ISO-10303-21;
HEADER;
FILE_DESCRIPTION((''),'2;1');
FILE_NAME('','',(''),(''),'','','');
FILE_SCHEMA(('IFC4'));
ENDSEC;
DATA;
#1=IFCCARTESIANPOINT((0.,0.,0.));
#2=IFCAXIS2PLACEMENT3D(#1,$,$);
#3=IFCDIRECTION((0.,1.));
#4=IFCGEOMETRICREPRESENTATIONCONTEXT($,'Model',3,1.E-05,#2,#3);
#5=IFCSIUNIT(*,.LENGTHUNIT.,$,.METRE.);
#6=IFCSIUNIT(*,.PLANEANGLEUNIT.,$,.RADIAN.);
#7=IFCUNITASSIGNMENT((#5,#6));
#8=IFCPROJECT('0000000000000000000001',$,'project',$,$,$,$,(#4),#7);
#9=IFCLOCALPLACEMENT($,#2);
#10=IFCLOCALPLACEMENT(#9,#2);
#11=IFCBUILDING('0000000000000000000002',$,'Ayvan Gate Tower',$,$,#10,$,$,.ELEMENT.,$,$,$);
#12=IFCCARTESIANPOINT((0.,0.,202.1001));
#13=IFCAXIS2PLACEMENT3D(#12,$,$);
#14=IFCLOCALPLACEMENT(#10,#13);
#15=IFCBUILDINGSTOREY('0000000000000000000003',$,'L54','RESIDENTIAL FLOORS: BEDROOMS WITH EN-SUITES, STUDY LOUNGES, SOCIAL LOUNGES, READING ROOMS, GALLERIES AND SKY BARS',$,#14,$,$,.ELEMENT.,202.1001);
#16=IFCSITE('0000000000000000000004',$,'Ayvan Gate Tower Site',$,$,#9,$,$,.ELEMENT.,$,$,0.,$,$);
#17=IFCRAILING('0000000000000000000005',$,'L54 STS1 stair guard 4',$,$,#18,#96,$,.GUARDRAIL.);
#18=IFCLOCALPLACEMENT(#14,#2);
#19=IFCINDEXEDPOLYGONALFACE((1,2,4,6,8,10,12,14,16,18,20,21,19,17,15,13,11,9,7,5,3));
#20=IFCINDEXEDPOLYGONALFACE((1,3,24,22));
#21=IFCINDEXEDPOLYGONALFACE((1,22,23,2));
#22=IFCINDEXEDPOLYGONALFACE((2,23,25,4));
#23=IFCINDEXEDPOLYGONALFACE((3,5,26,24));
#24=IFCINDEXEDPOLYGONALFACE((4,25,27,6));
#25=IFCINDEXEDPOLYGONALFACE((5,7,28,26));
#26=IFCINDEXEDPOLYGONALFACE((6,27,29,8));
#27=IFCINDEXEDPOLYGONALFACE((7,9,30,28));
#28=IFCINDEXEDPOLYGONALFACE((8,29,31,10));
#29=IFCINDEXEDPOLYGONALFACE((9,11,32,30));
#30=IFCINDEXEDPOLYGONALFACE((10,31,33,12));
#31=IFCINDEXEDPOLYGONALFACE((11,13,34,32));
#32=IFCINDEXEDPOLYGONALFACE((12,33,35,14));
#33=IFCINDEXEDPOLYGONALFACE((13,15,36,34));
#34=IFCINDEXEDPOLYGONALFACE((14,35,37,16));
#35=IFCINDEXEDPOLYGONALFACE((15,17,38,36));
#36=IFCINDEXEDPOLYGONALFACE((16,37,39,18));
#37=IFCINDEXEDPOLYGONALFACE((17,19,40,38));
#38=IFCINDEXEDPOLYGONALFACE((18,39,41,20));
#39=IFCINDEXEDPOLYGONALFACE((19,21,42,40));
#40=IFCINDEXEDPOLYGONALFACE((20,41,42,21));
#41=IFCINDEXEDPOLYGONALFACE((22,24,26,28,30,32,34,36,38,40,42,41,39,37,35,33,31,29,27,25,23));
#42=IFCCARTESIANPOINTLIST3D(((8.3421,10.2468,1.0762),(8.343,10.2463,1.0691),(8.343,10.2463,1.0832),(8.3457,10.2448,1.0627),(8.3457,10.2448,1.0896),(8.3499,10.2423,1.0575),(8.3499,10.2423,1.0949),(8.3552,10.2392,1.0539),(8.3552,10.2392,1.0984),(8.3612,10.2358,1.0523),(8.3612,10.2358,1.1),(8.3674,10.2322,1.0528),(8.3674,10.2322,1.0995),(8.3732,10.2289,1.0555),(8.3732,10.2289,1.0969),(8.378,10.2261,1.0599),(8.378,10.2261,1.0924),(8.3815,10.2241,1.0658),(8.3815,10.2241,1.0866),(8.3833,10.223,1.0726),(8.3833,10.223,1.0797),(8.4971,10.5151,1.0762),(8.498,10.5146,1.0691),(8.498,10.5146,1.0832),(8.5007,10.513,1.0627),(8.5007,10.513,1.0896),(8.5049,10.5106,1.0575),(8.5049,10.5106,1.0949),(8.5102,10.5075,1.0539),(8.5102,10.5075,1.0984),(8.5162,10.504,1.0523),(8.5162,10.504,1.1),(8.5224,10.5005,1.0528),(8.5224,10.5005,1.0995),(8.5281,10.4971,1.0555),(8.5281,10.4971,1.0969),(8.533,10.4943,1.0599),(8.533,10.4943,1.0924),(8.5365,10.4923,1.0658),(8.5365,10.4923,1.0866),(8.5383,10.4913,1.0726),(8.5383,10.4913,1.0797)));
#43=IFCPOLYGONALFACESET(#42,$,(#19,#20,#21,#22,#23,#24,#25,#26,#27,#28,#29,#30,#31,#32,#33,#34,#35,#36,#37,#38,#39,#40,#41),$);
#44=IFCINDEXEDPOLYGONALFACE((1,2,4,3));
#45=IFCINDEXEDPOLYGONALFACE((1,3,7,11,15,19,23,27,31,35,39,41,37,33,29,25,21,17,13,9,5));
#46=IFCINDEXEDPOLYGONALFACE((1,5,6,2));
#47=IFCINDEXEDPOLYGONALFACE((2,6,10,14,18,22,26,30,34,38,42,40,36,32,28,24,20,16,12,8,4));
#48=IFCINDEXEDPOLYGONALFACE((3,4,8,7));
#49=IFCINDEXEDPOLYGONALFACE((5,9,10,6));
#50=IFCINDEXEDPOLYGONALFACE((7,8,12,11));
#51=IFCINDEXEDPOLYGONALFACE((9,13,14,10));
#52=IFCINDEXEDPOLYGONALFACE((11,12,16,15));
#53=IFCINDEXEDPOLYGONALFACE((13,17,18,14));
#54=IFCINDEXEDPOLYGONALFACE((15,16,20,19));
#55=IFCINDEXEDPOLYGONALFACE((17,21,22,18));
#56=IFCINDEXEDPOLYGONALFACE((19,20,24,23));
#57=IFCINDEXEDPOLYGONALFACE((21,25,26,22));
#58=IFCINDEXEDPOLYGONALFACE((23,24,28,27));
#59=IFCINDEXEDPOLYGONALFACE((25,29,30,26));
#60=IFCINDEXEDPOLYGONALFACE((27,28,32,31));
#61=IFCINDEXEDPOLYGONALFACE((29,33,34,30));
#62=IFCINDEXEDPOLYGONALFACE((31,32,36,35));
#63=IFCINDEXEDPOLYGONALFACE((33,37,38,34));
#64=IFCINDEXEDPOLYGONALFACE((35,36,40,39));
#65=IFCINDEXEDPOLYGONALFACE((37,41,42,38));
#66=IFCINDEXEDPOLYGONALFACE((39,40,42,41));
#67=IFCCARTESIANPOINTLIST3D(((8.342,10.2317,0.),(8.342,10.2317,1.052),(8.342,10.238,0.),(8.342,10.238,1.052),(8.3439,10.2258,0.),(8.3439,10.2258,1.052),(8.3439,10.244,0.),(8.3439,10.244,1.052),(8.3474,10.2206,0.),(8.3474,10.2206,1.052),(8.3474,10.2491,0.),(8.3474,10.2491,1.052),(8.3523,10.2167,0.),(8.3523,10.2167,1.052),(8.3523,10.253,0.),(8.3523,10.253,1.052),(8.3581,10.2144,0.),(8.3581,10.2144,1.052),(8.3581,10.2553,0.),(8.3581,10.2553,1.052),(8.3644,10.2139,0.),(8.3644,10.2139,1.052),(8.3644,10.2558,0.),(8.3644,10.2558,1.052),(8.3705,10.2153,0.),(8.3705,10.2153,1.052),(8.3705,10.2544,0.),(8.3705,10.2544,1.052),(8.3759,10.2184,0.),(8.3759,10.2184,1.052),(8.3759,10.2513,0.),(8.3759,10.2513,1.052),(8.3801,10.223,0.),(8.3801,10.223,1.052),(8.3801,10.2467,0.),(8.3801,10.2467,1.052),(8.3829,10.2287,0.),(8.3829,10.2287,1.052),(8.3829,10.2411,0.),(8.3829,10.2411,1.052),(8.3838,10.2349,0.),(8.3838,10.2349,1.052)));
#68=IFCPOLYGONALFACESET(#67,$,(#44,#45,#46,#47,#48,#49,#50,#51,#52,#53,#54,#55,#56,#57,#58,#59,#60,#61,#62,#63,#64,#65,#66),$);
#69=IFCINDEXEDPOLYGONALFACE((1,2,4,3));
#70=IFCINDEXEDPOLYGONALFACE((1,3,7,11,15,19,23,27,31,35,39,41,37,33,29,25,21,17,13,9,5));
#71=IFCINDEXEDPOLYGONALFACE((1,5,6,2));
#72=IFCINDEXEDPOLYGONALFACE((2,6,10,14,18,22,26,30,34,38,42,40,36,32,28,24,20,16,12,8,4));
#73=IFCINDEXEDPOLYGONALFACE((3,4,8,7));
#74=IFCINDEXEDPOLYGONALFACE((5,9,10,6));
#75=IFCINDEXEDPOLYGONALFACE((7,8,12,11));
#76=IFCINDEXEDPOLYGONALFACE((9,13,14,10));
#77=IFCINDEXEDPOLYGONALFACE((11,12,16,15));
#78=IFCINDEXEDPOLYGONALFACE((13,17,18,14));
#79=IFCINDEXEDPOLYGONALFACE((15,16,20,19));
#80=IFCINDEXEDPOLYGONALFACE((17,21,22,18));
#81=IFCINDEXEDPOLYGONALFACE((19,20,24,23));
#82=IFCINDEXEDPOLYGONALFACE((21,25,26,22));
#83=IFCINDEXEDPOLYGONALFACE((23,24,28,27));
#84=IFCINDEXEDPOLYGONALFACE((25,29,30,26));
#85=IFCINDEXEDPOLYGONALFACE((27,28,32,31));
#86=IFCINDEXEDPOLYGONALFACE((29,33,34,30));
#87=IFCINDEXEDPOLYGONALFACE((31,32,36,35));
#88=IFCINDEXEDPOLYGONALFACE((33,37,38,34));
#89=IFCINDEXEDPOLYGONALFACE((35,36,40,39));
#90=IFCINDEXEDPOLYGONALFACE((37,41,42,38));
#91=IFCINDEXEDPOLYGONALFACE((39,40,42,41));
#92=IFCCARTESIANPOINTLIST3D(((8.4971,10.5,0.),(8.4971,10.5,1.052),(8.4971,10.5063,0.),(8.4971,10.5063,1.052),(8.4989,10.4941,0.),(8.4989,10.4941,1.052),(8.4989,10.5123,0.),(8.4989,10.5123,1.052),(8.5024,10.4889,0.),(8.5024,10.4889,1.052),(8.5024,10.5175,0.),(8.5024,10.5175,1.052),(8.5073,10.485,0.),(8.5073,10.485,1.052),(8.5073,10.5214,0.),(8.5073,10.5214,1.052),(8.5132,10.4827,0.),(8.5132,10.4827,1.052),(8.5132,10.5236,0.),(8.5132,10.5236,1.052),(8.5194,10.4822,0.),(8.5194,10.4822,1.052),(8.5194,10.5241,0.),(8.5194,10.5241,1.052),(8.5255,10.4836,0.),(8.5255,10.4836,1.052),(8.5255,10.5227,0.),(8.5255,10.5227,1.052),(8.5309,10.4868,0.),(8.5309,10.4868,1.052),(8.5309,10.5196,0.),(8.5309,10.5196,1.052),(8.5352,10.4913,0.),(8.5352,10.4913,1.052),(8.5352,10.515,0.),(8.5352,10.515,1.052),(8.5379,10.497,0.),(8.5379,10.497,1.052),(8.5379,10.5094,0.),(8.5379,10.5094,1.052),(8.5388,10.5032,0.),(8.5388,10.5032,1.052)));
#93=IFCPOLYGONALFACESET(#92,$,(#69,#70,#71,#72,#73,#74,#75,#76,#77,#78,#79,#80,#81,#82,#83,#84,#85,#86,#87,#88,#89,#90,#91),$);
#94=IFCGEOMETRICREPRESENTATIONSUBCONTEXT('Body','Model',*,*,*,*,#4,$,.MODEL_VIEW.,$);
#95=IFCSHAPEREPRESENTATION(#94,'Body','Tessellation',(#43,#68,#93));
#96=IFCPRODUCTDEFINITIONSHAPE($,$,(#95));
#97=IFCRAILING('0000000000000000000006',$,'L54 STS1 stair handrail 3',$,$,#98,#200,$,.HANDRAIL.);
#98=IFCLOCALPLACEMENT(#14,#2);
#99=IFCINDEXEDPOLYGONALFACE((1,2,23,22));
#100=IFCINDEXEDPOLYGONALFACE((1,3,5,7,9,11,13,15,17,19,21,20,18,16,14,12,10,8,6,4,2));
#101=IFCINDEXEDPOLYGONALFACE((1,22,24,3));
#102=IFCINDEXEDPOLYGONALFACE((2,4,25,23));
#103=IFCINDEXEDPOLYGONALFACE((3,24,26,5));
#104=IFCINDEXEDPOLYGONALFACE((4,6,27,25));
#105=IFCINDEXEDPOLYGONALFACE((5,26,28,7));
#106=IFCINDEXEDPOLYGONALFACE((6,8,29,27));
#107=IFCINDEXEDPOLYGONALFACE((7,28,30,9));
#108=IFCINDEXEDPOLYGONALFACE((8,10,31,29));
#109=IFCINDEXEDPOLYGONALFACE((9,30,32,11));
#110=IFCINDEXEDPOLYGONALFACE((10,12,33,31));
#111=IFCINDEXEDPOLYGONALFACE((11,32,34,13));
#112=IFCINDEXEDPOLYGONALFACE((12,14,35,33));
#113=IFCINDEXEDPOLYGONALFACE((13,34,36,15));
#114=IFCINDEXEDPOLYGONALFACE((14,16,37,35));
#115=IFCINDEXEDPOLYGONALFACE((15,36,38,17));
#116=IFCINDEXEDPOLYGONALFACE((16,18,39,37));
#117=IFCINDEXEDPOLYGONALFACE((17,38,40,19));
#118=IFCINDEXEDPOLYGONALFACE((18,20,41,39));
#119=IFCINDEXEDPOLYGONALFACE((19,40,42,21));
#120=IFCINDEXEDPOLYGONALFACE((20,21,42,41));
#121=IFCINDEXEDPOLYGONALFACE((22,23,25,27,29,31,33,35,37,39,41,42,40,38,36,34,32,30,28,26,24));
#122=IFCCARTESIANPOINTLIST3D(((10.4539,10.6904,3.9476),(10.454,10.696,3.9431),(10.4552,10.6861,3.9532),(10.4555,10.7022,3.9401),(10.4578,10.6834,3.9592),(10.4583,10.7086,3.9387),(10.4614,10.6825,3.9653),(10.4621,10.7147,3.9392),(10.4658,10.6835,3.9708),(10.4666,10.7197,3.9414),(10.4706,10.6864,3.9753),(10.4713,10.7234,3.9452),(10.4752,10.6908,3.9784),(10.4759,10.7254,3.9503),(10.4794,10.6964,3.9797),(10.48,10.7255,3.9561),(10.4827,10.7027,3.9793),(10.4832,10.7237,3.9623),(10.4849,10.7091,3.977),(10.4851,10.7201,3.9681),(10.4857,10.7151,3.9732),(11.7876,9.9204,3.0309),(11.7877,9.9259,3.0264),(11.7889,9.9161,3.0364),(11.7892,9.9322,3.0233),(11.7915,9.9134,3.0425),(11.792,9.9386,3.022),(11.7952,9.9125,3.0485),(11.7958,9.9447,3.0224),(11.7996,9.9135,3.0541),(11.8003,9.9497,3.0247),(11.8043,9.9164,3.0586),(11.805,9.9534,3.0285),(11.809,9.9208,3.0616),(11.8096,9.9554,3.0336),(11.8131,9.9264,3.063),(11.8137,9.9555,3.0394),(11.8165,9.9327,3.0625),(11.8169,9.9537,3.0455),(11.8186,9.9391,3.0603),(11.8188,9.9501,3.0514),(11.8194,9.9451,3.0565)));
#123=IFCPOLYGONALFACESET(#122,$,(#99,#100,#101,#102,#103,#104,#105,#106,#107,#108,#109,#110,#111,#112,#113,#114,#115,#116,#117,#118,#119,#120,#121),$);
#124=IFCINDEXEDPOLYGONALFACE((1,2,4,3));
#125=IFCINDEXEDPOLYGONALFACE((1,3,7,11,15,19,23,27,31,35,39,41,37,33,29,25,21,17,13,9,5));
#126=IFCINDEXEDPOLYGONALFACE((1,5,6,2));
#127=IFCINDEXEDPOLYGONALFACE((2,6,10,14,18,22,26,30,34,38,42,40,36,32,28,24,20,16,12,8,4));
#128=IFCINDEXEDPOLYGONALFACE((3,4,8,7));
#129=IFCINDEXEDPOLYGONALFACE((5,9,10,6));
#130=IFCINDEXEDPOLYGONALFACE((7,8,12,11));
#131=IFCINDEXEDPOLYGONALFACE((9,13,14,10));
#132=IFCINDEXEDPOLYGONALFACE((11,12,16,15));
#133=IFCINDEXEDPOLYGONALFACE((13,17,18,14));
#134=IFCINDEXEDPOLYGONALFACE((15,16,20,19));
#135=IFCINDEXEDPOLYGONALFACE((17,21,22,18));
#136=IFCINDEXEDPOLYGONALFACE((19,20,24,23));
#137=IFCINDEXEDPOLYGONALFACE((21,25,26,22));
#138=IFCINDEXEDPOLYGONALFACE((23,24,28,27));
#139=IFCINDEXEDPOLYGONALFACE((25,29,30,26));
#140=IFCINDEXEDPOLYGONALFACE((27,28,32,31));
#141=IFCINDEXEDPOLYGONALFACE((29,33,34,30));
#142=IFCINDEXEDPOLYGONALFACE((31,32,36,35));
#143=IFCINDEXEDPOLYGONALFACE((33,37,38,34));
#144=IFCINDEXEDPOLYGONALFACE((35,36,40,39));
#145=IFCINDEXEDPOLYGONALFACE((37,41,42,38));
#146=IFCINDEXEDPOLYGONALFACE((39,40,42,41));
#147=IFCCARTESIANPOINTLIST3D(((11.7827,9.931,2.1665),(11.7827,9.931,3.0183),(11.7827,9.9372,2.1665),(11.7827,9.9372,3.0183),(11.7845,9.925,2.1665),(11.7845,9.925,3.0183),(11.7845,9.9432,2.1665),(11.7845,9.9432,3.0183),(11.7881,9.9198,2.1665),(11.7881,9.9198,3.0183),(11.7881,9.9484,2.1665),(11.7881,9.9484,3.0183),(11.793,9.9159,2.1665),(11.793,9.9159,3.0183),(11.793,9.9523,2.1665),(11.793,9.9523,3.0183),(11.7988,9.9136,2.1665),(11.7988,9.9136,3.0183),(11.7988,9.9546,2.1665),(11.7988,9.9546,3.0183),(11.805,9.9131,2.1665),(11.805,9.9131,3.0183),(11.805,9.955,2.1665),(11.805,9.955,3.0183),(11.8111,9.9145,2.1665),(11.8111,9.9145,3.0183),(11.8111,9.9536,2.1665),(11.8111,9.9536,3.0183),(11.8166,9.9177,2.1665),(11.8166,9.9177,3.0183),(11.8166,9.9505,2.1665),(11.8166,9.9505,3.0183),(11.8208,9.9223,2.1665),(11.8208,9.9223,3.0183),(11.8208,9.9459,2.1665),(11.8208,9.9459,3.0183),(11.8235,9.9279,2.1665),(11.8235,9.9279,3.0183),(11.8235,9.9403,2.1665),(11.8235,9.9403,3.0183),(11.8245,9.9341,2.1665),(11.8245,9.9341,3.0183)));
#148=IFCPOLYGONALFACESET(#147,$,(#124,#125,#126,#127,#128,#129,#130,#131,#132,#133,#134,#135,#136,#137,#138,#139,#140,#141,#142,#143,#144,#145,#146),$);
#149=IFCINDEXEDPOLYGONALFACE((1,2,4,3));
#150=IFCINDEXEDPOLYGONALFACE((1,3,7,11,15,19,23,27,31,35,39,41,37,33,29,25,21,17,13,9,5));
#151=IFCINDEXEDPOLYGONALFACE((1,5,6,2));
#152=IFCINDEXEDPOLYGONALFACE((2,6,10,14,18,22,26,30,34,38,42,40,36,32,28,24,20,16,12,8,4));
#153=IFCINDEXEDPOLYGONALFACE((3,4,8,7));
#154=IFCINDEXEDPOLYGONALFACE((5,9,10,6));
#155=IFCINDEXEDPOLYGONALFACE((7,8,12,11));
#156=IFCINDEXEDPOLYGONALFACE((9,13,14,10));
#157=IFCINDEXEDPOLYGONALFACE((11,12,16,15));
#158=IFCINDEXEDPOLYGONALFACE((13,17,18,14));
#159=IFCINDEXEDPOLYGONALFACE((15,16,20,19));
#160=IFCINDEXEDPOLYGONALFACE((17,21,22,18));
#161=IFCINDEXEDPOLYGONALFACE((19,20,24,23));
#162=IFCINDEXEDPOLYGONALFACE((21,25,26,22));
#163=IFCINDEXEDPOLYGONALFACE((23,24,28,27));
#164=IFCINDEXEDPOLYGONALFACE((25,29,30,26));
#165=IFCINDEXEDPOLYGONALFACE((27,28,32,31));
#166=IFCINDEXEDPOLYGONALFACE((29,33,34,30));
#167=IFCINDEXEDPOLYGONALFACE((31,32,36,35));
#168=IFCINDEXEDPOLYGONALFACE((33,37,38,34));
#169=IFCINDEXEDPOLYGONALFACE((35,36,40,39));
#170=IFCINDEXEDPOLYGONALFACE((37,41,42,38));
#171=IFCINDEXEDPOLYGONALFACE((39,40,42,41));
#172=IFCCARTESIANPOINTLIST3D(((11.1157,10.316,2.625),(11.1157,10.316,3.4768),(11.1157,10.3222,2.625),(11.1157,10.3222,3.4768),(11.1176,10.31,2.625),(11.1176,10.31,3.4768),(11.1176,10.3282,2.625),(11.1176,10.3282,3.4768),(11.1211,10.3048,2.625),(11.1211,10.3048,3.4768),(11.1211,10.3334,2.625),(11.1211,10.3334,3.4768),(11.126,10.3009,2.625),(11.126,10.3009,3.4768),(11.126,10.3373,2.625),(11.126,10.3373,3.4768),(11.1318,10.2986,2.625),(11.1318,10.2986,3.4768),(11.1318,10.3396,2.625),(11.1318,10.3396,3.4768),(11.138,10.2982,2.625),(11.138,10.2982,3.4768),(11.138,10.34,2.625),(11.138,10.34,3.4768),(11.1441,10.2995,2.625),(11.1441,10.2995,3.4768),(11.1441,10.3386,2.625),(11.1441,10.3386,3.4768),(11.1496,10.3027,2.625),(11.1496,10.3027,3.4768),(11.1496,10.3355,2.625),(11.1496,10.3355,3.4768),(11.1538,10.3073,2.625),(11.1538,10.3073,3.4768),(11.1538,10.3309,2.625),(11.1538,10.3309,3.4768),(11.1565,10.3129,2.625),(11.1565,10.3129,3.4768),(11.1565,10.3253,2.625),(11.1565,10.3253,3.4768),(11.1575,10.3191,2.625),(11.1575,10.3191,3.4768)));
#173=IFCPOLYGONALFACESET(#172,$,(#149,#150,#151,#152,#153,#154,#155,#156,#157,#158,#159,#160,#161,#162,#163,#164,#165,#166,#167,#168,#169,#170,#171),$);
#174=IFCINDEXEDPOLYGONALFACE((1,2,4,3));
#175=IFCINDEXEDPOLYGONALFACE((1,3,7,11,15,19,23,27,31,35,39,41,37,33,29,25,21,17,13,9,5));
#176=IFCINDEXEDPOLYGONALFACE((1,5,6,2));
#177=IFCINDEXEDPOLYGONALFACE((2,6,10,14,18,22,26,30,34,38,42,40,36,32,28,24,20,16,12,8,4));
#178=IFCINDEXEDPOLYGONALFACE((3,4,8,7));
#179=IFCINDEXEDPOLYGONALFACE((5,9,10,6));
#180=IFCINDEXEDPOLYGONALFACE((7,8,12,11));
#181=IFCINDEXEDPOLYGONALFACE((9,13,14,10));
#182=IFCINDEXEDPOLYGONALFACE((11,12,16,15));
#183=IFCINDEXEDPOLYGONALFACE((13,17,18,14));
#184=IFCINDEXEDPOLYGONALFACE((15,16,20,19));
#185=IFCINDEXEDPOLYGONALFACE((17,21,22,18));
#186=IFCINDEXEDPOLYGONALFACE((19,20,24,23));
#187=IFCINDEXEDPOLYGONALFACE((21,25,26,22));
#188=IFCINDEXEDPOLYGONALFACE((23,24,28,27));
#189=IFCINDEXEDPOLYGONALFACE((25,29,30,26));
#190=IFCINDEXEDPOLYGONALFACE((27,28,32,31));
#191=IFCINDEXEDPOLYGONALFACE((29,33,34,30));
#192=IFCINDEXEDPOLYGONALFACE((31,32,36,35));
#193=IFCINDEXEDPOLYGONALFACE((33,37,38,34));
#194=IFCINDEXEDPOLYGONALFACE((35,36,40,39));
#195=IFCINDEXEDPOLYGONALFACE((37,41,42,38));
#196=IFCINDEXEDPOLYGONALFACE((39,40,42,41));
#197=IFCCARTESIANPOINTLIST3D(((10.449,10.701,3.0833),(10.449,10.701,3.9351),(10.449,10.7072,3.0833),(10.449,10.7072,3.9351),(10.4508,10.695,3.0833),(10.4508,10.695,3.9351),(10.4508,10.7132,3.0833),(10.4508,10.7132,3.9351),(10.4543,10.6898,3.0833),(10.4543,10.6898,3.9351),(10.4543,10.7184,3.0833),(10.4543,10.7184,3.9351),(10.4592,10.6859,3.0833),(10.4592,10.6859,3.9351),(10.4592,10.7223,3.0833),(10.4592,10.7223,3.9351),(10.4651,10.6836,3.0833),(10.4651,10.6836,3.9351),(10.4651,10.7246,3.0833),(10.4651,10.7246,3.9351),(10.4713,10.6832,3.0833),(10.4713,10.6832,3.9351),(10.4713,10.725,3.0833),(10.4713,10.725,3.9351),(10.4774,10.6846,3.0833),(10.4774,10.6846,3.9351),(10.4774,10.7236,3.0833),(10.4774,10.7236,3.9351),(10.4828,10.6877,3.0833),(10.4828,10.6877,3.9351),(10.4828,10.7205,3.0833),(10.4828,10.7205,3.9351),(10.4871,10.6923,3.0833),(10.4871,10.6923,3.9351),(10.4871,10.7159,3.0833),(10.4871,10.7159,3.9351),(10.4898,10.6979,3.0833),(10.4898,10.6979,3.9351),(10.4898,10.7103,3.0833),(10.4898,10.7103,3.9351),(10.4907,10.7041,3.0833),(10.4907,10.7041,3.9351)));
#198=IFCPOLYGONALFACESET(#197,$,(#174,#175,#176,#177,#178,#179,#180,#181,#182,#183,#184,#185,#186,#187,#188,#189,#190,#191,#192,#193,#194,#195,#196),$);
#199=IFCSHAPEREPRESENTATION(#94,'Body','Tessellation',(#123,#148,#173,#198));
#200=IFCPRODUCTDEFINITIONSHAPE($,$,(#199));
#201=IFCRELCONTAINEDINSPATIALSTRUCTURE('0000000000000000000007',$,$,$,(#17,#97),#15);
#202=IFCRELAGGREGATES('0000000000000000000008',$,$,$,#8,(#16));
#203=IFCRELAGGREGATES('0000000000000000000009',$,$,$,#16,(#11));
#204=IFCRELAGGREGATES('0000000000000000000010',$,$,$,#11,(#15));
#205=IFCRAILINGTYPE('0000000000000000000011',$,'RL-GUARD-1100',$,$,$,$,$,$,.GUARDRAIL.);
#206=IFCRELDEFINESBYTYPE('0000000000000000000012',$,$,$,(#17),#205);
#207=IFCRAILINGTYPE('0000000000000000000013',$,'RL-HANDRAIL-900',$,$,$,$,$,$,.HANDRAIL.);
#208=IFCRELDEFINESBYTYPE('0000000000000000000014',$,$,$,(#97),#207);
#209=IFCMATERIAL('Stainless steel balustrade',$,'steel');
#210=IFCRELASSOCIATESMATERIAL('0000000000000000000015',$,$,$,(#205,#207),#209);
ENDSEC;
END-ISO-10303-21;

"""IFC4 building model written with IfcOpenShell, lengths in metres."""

from ifc_helpers import new_model, si_unit, direction, frame, origin, origin_2d, place, context, subcontext, project, spatial, circle, extrude, material, type_object, element, save


model = new_model("IFC4")

# Units and contexts
model_context = context("Model", 3, precision=1e-05, world=origin(), true_north=direction((0.0, 1.0)))
body_context = subcontext(model_context, "Body", "Model", "MODEL_VIEW")
ifc_project = project(units=[si_unit("LENGTHUNIT", "METRE"), si_unit("PLANEANGLEUNIT", "RADIAN")], contexts=[model_context])

# Site, building, storey
site_placement = place(None, origin())
site = spatial("IfcSite", under=ifc_project, at=site_placement, Name="Ayvan Gate Tower Site", CompositionType="ELEMENT", RefElevation=0.0)
building_placement = place(site_placement, origin())
building = spatial("IfcBuilding", under=site, at=building_placement, Name="Ayvan Gate Tower", CompositionType="ELEMENT")
storey_placement = place(building_placement, frame((0.0, 0.0, 202.1001)))
storey = spatial("IfcBuildingStorey", under=building, at=storey_placement, Name="L54", Description="RESIDENTIAL FLOORS: BEDROOMS WITH EN-SUITES, STUDY LOUNGES, SOCIAL LOUNGES, READING ROOMS, GALLERIES AND SKY BARS", CompositionType="ELEMENT", Elevation=202.1001)

# Railings
ifc_material_1 = material(Name="Stainless steel balustrade", Category="steel")
railing_type_1 = type_object("IfcRailingType", Name="RL-GUARD-1100", PredefinedType="GUARDRAIL", material=ifc_material_1)
railing_1_placement = place(storey_placement, frame((8.3628, 10.2349, 0.0)))
element("IfcRailing", 1, at=railing_1_placement, inside=storey, type_object=railing_type_1, Name="L54 STS1 stair guard 4", PredefinedType="GUARDRAIL", context=body_context, shape_type="SweptSolid", body=[
    extrude(circle(Radius=0.0239, at=origin_2d()), frame((0.0, 0.0, 1.0762), z_axis=(0.500291, 0.865857, 0.0), x_axis=(-0.865857, 0.500291, 0.0)), (0.0, 0.0, 1.0), 0.3098),
    extrude(circle(Radius=0.021, at=origin_2d()), origin(), (0.0, 0.0, 1.0), 1.052),
    extrude(circle(Radius=0.021, at=origin_2d()), frame((0.155, 0.2683, 0.0)), (0.0, 0.0, 1.0), 1.052),
])
railing_type_2 = type_object("IfcRailingType", Name="RL-HANDRAIL-900", PredefinedType="HANDRAIL", material=ifc_material_1)
for number, where, name in (
    (2, (11.8035, 9.9341, 2.1665), "L54 STS1 stair handrail 3"),
):
    element("IfcRailing", number, at=place(storey_placement, frame(where)), inside=storey, type_object=railing_type_2, Name=name, PredefinedType="HANDRAIL", context=body_context, shape_type="SweptSolid", body=[
        extrude(circle(Radius=0.0239, at=origin_2d()), frame((0.0, 0.0, 0.876), z_axis=(-0.744164, 0.429634, 0.511502), x_axis=(-0.499992, -0.86603, 0.0)), (0.0, 0.0, 1.0), 1.7922),
        extrude(circle(Radius=0.021, at=origin_2d()), origin(), (0.0, 0.0, 1.0), 0.8518),
        extrude(circle(Radius=0.021, at=origin_2d()), frame((-0.667, 0.385, 0.4585)), (0.0, 0.0, 1.0), 0.8518),
        extrude(circle(Radius=0.021, at=origin_2d()), frame((-1.3337, 0.77, 0.9167)), (0.0, 0.0, 1.0), 0.8518),
    ])

save(model, "model.ifc")
